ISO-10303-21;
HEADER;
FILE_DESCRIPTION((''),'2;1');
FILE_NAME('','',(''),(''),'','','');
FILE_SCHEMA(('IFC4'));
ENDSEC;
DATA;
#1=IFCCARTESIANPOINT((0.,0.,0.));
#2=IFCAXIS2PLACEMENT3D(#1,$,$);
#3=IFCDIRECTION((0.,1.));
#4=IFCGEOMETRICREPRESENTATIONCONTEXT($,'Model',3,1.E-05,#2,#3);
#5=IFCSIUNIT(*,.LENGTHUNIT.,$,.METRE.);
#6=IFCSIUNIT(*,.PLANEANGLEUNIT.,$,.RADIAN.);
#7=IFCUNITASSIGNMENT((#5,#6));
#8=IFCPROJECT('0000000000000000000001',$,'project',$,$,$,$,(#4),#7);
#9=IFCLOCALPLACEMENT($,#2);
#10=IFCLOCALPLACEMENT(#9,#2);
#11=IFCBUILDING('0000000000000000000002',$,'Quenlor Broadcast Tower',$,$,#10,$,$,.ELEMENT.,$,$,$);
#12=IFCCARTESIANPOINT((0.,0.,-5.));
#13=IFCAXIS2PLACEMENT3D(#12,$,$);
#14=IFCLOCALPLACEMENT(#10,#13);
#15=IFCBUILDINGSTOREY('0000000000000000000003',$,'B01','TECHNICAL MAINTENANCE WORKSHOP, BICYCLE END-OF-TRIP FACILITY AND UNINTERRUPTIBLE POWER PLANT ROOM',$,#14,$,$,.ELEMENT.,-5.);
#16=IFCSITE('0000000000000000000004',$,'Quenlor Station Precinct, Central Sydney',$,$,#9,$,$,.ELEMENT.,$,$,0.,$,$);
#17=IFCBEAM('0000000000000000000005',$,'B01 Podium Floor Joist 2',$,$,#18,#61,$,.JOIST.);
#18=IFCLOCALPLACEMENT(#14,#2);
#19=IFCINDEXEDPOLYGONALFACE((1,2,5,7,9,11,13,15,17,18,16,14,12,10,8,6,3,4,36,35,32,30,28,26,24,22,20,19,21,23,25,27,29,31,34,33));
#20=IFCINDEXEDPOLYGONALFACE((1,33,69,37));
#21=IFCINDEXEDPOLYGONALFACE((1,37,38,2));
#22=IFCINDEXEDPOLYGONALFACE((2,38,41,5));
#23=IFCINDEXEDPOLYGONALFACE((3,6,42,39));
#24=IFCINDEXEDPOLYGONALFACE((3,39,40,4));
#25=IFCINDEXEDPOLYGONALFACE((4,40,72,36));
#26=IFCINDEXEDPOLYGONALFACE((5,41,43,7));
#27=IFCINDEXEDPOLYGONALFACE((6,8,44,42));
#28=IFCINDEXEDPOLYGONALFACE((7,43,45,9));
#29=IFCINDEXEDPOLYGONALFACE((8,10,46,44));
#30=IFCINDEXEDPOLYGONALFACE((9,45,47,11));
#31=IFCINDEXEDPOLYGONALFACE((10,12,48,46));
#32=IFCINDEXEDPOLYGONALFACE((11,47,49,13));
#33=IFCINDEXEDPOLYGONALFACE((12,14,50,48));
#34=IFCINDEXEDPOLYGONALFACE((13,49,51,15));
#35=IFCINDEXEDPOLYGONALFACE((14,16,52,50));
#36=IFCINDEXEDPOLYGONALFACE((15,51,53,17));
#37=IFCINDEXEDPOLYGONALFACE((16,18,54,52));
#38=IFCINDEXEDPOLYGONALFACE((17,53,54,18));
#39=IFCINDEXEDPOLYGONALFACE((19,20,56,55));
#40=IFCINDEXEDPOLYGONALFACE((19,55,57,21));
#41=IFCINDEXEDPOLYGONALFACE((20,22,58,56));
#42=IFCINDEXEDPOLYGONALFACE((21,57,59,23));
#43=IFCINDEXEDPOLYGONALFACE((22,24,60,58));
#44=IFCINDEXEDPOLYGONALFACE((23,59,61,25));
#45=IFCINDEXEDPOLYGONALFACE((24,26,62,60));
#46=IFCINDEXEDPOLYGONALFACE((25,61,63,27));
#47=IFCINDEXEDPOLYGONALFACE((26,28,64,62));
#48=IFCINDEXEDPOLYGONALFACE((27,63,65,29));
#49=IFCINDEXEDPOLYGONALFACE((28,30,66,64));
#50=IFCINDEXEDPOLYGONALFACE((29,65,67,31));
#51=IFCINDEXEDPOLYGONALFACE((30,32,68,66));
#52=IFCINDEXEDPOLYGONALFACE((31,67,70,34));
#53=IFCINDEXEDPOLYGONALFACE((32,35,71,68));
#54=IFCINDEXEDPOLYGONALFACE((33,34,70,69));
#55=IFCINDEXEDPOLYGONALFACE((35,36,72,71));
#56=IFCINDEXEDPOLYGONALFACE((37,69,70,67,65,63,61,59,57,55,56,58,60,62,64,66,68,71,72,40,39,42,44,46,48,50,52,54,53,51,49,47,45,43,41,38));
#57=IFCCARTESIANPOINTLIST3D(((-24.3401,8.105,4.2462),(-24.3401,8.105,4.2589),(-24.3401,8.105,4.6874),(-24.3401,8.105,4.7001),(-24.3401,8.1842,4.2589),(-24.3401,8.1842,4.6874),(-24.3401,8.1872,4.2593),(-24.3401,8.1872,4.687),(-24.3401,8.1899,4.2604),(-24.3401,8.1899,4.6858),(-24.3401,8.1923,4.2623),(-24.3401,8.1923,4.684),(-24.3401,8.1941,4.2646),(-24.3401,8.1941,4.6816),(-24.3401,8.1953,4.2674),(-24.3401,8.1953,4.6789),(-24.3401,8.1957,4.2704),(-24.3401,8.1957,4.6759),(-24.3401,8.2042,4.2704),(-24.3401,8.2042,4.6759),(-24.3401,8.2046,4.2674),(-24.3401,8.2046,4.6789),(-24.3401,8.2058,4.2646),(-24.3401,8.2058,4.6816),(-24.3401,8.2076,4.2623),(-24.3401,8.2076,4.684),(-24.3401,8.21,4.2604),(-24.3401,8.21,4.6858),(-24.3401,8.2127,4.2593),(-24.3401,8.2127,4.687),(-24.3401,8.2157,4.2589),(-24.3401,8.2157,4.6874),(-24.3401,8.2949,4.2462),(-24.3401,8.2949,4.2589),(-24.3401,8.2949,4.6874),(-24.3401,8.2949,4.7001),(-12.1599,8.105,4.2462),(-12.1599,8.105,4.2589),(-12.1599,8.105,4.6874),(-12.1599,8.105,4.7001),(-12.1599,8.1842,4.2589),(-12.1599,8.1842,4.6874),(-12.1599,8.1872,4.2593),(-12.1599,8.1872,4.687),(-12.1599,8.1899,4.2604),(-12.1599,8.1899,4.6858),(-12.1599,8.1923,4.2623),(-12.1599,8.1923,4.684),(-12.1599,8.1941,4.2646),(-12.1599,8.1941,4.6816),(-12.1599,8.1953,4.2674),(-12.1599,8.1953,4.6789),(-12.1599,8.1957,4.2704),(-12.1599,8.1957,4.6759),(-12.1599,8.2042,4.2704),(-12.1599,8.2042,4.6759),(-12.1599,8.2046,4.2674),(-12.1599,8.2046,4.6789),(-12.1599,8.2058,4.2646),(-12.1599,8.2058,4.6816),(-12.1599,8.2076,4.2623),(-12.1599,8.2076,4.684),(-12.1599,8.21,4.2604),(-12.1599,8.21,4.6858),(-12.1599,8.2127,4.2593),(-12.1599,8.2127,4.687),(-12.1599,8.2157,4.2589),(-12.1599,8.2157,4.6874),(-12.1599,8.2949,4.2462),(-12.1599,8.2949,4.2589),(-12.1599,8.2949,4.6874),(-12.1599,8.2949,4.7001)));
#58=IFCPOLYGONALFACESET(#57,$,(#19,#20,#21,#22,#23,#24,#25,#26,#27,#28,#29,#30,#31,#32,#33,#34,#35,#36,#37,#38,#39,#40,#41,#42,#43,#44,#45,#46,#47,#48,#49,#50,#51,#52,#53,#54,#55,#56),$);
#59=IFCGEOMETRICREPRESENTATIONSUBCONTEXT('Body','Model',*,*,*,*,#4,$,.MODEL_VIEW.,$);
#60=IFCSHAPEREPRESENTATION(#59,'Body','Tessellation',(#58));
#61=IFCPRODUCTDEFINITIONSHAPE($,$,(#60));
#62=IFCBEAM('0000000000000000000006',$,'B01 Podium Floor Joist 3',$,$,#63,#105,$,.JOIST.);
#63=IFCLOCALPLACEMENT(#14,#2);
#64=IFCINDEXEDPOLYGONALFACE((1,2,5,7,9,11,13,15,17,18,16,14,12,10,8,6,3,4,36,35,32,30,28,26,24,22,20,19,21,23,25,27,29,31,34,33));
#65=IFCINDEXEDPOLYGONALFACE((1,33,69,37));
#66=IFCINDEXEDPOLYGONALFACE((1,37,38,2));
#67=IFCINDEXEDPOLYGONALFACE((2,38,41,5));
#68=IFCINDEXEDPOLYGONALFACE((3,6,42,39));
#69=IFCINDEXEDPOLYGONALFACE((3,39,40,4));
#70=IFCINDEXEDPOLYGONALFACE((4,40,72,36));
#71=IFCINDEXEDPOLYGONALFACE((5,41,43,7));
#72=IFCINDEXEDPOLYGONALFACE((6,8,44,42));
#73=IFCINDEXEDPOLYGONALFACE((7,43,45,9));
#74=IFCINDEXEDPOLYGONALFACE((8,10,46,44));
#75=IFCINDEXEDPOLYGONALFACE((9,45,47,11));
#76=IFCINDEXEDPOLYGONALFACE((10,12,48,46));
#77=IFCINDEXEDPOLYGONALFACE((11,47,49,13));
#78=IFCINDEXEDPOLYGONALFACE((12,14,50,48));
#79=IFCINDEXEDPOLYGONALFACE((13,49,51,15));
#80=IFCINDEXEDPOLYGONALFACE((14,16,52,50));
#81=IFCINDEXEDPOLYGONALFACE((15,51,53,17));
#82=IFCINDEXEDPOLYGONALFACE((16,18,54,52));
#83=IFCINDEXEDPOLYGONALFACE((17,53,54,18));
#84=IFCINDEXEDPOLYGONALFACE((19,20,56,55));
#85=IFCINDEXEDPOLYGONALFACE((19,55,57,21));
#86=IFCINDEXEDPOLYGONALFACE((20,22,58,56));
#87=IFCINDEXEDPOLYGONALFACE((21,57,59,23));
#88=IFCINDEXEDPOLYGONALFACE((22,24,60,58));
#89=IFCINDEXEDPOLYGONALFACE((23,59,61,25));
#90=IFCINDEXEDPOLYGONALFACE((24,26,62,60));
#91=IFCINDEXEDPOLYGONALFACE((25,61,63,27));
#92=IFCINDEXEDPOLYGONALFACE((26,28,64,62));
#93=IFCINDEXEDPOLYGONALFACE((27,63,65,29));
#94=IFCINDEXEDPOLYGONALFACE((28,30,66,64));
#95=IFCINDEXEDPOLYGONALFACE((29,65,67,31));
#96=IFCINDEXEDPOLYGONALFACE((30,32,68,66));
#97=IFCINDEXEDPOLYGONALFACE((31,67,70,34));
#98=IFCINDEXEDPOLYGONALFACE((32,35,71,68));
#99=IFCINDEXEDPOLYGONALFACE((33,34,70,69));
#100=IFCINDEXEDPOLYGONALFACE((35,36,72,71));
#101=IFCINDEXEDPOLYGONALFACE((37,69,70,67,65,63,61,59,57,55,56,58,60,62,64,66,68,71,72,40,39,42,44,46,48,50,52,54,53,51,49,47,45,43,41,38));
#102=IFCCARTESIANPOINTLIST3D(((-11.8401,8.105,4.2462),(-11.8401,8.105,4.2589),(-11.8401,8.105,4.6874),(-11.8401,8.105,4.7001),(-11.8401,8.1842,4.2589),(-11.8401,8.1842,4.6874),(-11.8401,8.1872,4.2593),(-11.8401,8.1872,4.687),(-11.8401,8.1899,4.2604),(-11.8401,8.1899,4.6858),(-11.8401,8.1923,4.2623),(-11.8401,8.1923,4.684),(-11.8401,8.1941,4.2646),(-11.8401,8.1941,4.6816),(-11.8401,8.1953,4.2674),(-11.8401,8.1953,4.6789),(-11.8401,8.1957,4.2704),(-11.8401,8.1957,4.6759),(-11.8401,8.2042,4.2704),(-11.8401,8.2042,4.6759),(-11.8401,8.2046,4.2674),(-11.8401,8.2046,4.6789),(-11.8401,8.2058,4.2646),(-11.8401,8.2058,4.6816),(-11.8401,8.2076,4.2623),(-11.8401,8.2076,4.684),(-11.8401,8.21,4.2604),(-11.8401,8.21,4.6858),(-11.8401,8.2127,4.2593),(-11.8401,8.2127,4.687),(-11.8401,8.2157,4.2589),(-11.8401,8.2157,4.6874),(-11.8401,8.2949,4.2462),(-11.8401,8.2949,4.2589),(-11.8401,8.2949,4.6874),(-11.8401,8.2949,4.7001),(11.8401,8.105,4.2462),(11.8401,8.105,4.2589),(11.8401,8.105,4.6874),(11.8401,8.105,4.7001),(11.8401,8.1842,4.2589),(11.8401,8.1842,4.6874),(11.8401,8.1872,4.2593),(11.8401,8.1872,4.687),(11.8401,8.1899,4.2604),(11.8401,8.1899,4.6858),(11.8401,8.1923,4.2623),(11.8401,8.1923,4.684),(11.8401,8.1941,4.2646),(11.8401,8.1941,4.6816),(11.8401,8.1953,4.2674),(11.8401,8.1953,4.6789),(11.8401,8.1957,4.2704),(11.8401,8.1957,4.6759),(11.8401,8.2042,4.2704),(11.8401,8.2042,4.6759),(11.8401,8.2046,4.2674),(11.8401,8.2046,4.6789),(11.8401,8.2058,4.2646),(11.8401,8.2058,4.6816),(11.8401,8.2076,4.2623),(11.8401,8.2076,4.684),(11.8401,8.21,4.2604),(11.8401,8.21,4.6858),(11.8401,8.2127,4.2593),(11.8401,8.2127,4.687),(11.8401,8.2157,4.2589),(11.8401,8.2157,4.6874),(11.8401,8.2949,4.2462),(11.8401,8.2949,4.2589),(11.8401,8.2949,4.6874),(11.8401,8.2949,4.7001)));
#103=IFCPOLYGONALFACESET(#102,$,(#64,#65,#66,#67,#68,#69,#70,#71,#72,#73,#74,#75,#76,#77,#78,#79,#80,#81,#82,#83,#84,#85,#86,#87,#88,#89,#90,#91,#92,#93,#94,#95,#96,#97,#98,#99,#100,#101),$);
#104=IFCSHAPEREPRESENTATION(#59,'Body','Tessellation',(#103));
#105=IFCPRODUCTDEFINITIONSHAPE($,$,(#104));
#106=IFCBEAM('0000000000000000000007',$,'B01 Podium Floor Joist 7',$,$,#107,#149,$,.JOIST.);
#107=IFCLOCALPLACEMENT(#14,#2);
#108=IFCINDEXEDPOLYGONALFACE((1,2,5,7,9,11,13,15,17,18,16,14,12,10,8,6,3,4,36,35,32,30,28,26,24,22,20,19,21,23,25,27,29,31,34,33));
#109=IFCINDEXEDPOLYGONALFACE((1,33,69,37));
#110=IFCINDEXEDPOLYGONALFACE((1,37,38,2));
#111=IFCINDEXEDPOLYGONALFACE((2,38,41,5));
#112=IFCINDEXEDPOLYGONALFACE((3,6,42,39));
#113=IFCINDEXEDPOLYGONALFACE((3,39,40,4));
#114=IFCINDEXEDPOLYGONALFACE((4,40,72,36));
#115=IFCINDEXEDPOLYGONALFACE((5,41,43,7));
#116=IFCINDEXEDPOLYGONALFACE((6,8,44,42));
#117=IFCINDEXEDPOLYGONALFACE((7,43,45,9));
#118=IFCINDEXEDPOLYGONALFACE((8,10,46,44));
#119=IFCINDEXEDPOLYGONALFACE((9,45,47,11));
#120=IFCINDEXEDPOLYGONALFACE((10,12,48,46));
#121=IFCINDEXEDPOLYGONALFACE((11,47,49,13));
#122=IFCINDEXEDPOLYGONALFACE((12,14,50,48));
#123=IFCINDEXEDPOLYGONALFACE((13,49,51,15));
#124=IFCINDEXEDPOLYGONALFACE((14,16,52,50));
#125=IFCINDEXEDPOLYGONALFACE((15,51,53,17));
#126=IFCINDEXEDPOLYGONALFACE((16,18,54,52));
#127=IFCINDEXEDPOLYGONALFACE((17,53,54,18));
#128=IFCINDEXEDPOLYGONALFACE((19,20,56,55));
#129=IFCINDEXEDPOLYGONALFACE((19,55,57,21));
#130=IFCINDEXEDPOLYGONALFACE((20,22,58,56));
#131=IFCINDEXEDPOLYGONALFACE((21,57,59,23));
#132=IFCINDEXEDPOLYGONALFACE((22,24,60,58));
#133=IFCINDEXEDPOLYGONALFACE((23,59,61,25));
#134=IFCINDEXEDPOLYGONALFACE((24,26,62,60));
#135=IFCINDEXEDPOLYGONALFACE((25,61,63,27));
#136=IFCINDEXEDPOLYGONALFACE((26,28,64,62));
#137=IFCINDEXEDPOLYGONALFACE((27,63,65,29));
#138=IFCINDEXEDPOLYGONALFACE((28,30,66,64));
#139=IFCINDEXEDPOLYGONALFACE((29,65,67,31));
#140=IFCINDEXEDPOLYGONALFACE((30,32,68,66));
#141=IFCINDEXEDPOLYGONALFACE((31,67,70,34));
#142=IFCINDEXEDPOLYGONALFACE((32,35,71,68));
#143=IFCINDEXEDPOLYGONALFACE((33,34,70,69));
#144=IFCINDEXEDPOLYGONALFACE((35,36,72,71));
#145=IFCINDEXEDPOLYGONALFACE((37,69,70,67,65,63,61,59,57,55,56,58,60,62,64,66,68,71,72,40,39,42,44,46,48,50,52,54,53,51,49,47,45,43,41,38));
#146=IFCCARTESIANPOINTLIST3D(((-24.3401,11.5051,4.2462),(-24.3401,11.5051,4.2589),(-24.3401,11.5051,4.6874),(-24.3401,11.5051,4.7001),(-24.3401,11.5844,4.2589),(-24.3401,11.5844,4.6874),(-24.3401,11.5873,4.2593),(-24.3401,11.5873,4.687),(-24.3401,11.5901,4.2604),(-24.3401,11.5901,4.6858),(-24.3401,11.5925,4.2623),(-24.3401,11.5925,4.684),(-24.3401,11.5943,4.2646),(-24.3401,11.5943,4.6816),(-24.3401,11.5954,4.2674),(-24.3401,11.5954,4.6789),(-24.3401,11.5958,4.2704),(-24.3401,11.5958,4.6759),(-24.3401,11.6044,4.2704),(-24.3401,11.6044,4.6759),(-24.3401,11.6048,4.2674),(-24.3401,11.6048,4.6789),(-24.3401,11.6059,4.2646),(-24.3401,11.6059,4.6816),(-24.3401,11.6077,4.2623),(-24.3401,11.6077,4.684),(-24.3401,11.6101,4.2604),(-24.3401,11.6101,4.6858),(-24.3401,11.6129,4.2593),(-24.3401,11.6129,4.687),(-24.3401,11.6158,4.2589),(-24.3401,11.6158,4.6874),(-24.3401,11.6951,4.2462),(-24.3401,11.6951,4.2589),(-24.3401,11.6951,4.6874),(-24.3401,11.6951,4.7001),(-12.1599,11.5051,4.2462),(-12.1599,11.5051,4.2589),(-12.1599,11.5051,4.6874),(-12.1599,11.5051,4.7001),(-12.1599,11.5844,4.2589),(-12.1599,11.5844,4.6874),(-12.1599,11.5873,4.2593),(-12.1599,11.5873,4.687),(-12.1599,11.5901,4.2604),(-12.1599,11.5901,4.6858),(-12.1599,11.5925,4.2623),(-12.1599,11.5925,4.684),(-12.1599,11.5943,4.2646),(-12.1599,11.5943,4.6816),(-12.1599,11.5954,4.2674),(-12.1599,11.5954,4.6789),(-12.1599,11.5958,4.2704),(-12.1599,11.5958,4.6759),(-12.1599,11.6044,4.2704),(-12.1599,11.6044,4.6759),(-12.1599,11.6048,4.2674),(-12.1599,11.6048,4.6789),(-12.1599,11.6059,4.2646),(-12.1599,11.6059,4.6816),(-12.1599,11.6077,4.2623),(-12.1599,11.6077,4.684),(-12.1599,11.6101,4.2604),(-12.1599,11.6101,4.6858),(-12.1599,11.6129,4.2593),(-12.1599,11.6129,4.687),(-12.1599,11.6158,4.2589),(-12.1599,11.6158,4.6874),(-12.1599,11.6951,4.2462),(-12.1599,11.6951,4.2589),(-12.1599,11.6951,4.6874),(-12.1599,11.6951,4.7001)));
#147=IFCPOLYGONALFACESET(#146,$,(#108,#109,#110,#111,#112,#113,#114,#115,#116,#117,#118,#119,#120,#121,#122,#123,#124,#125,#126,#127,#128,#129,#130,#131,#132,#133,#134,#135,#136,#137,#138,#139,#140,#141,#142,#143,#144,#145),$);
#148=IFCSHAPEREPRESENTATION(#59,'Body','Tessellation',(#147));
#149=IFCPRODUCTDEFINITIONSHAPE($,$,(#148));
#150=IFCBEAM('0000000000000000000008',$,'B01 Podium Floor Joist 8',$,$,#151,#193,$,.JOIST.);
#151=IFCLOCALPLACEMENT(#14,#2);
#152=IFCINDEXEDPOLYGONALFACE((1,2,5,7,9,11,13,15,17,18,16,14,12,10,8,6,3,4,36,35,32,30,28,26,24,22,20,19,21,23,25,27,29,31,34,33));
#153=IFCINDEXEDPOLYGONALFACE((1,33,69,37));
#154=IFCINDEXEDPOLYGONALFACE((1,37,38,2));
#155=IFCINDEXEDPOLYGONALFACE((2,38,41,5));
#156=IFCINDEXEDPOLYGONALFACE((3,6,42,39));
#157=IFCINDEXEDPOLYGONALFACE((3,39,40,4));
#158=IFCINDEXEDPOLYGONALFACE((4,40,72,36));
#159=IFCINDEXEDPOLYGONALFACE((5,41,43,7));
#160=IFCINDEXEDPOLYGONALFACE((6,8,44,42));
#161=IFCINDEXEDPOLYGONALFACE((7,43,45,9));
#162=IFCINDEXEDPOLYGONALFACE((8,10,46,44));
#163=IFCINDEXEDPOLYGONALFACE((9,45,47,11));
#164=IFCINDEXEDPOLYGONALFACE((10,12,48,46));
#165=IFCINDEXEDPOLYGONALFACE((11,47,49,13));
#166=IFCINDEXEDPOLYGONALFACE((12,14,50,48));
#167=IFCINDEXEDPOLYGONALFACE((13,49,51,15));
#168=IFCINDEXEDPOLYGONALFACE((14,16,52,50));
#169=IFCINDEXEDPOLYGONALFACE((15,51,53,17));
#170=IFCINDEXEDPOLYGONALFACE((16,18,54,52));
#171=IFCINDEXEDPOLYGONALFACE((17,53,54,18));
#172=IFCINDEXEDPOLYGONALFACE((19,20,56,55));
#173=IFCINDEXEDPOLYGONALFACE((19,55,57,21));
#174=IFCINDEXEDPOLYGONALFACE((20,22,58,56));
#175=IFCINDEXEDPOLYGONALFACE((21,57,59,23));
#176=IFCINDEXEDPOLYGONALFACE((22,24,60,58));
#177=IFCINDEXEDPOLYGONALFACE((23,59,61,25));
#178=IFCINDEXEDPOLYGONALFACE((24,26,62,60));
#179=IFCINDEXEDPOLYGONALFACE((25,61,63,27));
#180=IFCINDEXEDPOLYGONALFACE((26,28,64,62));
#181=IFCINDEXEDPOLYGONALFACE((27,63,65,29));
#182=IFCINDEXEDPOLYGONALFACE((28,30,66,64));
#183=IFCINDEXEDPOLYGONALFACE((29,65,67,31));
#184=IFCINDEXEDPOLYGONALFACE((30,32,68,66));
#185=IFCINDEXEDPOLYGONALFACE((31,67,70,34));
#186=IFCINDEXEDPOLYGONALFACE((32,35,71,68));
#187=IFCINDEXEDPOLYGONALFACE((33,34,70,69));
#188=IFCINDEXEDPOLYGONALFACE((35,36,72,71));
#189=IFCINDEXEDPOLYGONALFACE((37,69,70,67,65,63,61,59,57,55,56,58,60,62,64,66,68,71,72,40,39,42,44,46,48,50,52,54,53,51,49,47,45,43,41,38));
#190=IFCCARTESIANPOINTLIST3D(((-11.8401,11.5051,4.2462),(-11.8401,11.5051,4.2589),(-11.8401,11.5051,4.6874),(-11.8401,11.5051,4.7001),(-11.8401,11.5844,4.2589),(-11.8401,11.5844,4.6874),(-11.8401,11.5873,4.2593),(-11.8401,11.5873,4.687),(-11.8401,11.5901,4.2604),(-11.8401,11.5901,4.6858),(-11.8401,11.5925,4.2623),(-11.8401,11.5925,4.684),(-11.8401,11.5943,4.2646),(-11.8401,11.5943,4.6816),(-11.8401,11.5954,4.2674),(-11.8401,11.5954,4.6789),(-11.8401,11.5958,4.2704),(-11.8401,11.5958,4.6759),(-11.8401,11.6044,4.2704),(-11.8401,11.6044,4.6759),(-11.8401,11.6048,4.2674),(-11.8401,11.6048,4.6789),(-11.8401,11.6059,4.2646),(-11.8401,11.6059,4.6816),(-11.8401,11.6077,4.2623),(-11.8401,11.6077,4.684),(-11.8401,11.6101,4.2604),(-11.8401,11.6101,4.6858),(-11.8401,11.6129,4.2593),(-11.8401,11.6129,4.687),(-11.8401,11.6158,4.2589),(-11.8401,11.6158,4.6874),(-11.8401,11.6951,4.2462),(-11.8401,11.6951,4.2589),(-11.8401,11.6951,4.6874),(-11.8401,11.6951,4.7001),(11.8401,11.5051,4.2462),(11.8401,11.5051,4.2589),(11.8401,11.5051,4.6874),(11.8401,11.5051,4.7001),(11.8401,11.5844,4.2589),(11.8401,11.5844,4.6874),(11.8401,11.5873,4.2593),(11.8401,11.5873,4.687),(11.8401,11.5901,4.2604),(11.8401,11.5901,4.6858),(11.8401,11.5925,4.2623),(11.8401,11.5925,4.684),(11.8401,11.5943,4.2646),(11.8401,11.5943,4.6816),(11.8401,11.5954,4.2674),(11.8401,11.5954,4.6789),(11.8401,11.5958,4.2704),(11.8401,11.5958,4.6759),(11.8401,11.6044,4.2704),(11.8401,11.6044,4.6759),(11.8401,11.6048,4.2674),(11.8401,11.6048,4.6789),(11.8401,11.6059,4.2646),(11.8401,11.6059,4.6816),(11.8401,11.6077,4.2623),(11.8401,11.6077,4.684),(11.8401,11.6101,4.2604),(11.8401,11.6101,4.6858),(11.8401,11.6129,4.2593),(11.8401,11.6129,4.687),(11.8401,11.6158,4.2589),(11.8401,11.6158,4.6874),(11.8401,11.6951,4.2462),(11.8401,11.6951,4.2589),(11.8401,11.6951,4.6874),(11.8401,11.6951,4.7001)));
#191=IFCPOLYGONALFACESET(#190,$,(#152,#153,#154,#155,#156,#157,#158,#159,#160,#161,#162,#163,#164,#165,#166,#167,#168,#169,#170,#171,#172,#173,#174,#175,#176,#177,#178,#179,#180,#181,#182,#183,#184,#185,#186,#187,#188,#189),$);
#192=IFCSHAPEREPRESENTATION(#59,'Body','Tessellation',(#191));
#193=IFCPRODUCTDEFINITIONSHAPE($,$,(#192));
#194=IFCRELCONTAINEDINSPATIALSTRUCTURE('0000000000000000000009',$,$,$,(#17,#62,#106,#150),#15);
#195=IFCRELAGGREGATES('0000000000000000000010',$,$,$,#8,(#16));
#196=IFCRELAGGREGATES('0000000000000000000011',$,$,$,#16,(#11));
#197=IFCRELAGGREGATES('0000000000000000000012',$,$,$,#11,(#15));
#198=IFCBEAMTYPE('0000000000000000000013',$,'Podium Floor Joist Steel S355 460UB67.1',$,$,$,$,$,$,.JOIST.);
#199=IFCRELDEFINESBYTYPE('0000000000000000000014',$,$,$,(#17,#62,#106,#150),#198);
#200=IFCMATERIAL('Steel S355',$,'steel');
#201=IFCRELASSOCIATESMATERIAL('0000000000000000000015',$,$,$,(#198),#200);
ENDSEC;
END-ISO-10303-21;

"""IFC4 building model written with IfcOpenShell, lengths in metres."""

from ifc_helpers import new_model, si_unit, direction, frame, origin, origin_2d, place, context, subcontext, project, spatial, i_section, extrude, material, material_profile, profile_set, type_object, element, save


model = new_model("IFC4")

# Units and contexts
model_context = context("Model", 3, precision=1e-05, world=origin(), true_north=direction((0.0, 1.0)))
body_context = subcontext(model_context, "Body", "Model", "MODEL_VIEW")
ifc_project = project(units=[si_unit("LENGTHUNIT", "METRE"), si_unit("PLANEANGLEUNIT", "RADIAN")], contexts=[model_context])

# Site, building, storey
site_placement = place(None, origin())
site = spatial("IfcSite", under=ifc_project, at=site_placement, Name="Quenlor Station Precinct, Central Sydney", CompositionType="ELEMENT", RefElevation=0.0)
building_placement = place(site_placement, origin())
building = spatial("IfcBuilding", under=site, at=building_placement, Name="Quenlor Broadcast Tower", CompositionType="ELEMENT")
storey_placement = place(building_placement, frame((0.0, 0.0, -5.0)))
storey = spatial("IfcBuildingStorey", under=building, at=storey_placement, Name="B01", Description="TECHNICAL MAINTENANCE WORKSHOP, BICYCLE END-OF-TRIP FACILITY AND UNINTERRUPTIBLE POWER PLANT ROOM", CompositionType="ELEMENT", Elevation=-5.0)

# Beams
ifc_material_1 = material(Name="Steel S355", Category="steel")
ifc_material_profile_1 = material_profile(ifc_material_1, i_section(OverallWidth=0.1899, OverallDepth=0.4539, WebThickness=0.0085, FlangeThickness=0.0127, FilletRadius=0.0115, at=origin_2d()))
ifc_profile_set_1 = profile_set([ifc_material_profile_1], Name="Steel S355 460UB67.1")
beam_type_1 = type_object("IfcBeamType", Name="Podium Floor Joist Steel S355 460UB67.1", PredefinedType="JOIST", material=ifc_profile_set_1)
beam_1_placement = place(storey_placement, frame((-24.3401, 8.2, 4.4731), z_axis=(1.0, 0.0, 0.0), x_axis=(0.0, 1.0, 0.0)))
element("IfcBeam", 1, at=beam_1_placement, inside=storey, type_object=beam_type_1, Name="B01 Podium Floor Joist 2", PredefinedType="JOIST", context=body_context, shape_type="SweptSolid", body=[
    extrude(i_section(OverallWidth=0.1899, OverallDepth=0.4539, WebThickness=0.0085, FlangeThickness=0.0127, FilletRadius=0.0115, at=origin_2d()), origin(), (0.0, 0.0, 1.0), 12.1802),
])
beam_2_placement = place(storey_placement, frame((-11.8401, 8.2, 4.4731), z_axis=(1.0, 0.0, 0.0), x_axis=(0.0, 1.0, 0.0)))
element("IfcBeam", 2, at=beam_2_placement, inside=storey, type_object=beam_type_1, Name="B01 Podium Floor Joist 3", PredefinedType="JOIST", context=body_context, shape_type="SweptSolid", body=[
    extrude(i_section(OverallWidth=0.1899, OverallDepth=0.4539, WebThickness=0.0085, FlangeThickness=0.0127, FilletRadius=0.0115, at=origin_2d()), origin(), (0.0, 0.0, 1.0), 23.6802),
])
beam_3_placement = place(storey_placement, frame((-24.3401, 11.6001, 4.4731), z_axis=(1.0, 0.0, 0.0), x_axis=(0.0, 1.0, 0.0)))
element("IfcBeam", 3, at=beam_3_placement, inside=storey, type_object=beam_type_1, Name="B01 Podium Floor Joist 7", PredefinedType="JOIST", context=body_context, shape_type="SweptSolid", body=[
    extrude(i_section(OverallWidth=0.1899, OverallDepth=0.4539, WebThickness=0.0085, FlangeThickness=0.0127, FilletRadius=0.0115, at=origin_2d()), origin(), (0.0, 0.0, 1.0), 12.1802),
])
beam_4_placement = place(storey_placement, frame((-11.8401, 11.6001, 4.4731), z_axis=(1.0, 0.0, 0.0), x_axis=(0.0, 1.0, 0.0)))
element("IfcBeam", 4, at=beam_4_placement, inside=storey, type_object=beam_type_1, Name="B01 Podium Floor Joist 8", PredefinedType="JOIST", context=body_context, shape_type="SweptSolid", body=[
    extrude(i_section(OverallWidth=0.1899, OverallDepth=0.4539, WebThickness=0.0085, FlangeThickness=0.0127, FilletRadius=0.0115, at=origin_2d()), origin(), (0.0, 0.0, 1.0), 23.6802),
])

save(model, "model.ifc")
